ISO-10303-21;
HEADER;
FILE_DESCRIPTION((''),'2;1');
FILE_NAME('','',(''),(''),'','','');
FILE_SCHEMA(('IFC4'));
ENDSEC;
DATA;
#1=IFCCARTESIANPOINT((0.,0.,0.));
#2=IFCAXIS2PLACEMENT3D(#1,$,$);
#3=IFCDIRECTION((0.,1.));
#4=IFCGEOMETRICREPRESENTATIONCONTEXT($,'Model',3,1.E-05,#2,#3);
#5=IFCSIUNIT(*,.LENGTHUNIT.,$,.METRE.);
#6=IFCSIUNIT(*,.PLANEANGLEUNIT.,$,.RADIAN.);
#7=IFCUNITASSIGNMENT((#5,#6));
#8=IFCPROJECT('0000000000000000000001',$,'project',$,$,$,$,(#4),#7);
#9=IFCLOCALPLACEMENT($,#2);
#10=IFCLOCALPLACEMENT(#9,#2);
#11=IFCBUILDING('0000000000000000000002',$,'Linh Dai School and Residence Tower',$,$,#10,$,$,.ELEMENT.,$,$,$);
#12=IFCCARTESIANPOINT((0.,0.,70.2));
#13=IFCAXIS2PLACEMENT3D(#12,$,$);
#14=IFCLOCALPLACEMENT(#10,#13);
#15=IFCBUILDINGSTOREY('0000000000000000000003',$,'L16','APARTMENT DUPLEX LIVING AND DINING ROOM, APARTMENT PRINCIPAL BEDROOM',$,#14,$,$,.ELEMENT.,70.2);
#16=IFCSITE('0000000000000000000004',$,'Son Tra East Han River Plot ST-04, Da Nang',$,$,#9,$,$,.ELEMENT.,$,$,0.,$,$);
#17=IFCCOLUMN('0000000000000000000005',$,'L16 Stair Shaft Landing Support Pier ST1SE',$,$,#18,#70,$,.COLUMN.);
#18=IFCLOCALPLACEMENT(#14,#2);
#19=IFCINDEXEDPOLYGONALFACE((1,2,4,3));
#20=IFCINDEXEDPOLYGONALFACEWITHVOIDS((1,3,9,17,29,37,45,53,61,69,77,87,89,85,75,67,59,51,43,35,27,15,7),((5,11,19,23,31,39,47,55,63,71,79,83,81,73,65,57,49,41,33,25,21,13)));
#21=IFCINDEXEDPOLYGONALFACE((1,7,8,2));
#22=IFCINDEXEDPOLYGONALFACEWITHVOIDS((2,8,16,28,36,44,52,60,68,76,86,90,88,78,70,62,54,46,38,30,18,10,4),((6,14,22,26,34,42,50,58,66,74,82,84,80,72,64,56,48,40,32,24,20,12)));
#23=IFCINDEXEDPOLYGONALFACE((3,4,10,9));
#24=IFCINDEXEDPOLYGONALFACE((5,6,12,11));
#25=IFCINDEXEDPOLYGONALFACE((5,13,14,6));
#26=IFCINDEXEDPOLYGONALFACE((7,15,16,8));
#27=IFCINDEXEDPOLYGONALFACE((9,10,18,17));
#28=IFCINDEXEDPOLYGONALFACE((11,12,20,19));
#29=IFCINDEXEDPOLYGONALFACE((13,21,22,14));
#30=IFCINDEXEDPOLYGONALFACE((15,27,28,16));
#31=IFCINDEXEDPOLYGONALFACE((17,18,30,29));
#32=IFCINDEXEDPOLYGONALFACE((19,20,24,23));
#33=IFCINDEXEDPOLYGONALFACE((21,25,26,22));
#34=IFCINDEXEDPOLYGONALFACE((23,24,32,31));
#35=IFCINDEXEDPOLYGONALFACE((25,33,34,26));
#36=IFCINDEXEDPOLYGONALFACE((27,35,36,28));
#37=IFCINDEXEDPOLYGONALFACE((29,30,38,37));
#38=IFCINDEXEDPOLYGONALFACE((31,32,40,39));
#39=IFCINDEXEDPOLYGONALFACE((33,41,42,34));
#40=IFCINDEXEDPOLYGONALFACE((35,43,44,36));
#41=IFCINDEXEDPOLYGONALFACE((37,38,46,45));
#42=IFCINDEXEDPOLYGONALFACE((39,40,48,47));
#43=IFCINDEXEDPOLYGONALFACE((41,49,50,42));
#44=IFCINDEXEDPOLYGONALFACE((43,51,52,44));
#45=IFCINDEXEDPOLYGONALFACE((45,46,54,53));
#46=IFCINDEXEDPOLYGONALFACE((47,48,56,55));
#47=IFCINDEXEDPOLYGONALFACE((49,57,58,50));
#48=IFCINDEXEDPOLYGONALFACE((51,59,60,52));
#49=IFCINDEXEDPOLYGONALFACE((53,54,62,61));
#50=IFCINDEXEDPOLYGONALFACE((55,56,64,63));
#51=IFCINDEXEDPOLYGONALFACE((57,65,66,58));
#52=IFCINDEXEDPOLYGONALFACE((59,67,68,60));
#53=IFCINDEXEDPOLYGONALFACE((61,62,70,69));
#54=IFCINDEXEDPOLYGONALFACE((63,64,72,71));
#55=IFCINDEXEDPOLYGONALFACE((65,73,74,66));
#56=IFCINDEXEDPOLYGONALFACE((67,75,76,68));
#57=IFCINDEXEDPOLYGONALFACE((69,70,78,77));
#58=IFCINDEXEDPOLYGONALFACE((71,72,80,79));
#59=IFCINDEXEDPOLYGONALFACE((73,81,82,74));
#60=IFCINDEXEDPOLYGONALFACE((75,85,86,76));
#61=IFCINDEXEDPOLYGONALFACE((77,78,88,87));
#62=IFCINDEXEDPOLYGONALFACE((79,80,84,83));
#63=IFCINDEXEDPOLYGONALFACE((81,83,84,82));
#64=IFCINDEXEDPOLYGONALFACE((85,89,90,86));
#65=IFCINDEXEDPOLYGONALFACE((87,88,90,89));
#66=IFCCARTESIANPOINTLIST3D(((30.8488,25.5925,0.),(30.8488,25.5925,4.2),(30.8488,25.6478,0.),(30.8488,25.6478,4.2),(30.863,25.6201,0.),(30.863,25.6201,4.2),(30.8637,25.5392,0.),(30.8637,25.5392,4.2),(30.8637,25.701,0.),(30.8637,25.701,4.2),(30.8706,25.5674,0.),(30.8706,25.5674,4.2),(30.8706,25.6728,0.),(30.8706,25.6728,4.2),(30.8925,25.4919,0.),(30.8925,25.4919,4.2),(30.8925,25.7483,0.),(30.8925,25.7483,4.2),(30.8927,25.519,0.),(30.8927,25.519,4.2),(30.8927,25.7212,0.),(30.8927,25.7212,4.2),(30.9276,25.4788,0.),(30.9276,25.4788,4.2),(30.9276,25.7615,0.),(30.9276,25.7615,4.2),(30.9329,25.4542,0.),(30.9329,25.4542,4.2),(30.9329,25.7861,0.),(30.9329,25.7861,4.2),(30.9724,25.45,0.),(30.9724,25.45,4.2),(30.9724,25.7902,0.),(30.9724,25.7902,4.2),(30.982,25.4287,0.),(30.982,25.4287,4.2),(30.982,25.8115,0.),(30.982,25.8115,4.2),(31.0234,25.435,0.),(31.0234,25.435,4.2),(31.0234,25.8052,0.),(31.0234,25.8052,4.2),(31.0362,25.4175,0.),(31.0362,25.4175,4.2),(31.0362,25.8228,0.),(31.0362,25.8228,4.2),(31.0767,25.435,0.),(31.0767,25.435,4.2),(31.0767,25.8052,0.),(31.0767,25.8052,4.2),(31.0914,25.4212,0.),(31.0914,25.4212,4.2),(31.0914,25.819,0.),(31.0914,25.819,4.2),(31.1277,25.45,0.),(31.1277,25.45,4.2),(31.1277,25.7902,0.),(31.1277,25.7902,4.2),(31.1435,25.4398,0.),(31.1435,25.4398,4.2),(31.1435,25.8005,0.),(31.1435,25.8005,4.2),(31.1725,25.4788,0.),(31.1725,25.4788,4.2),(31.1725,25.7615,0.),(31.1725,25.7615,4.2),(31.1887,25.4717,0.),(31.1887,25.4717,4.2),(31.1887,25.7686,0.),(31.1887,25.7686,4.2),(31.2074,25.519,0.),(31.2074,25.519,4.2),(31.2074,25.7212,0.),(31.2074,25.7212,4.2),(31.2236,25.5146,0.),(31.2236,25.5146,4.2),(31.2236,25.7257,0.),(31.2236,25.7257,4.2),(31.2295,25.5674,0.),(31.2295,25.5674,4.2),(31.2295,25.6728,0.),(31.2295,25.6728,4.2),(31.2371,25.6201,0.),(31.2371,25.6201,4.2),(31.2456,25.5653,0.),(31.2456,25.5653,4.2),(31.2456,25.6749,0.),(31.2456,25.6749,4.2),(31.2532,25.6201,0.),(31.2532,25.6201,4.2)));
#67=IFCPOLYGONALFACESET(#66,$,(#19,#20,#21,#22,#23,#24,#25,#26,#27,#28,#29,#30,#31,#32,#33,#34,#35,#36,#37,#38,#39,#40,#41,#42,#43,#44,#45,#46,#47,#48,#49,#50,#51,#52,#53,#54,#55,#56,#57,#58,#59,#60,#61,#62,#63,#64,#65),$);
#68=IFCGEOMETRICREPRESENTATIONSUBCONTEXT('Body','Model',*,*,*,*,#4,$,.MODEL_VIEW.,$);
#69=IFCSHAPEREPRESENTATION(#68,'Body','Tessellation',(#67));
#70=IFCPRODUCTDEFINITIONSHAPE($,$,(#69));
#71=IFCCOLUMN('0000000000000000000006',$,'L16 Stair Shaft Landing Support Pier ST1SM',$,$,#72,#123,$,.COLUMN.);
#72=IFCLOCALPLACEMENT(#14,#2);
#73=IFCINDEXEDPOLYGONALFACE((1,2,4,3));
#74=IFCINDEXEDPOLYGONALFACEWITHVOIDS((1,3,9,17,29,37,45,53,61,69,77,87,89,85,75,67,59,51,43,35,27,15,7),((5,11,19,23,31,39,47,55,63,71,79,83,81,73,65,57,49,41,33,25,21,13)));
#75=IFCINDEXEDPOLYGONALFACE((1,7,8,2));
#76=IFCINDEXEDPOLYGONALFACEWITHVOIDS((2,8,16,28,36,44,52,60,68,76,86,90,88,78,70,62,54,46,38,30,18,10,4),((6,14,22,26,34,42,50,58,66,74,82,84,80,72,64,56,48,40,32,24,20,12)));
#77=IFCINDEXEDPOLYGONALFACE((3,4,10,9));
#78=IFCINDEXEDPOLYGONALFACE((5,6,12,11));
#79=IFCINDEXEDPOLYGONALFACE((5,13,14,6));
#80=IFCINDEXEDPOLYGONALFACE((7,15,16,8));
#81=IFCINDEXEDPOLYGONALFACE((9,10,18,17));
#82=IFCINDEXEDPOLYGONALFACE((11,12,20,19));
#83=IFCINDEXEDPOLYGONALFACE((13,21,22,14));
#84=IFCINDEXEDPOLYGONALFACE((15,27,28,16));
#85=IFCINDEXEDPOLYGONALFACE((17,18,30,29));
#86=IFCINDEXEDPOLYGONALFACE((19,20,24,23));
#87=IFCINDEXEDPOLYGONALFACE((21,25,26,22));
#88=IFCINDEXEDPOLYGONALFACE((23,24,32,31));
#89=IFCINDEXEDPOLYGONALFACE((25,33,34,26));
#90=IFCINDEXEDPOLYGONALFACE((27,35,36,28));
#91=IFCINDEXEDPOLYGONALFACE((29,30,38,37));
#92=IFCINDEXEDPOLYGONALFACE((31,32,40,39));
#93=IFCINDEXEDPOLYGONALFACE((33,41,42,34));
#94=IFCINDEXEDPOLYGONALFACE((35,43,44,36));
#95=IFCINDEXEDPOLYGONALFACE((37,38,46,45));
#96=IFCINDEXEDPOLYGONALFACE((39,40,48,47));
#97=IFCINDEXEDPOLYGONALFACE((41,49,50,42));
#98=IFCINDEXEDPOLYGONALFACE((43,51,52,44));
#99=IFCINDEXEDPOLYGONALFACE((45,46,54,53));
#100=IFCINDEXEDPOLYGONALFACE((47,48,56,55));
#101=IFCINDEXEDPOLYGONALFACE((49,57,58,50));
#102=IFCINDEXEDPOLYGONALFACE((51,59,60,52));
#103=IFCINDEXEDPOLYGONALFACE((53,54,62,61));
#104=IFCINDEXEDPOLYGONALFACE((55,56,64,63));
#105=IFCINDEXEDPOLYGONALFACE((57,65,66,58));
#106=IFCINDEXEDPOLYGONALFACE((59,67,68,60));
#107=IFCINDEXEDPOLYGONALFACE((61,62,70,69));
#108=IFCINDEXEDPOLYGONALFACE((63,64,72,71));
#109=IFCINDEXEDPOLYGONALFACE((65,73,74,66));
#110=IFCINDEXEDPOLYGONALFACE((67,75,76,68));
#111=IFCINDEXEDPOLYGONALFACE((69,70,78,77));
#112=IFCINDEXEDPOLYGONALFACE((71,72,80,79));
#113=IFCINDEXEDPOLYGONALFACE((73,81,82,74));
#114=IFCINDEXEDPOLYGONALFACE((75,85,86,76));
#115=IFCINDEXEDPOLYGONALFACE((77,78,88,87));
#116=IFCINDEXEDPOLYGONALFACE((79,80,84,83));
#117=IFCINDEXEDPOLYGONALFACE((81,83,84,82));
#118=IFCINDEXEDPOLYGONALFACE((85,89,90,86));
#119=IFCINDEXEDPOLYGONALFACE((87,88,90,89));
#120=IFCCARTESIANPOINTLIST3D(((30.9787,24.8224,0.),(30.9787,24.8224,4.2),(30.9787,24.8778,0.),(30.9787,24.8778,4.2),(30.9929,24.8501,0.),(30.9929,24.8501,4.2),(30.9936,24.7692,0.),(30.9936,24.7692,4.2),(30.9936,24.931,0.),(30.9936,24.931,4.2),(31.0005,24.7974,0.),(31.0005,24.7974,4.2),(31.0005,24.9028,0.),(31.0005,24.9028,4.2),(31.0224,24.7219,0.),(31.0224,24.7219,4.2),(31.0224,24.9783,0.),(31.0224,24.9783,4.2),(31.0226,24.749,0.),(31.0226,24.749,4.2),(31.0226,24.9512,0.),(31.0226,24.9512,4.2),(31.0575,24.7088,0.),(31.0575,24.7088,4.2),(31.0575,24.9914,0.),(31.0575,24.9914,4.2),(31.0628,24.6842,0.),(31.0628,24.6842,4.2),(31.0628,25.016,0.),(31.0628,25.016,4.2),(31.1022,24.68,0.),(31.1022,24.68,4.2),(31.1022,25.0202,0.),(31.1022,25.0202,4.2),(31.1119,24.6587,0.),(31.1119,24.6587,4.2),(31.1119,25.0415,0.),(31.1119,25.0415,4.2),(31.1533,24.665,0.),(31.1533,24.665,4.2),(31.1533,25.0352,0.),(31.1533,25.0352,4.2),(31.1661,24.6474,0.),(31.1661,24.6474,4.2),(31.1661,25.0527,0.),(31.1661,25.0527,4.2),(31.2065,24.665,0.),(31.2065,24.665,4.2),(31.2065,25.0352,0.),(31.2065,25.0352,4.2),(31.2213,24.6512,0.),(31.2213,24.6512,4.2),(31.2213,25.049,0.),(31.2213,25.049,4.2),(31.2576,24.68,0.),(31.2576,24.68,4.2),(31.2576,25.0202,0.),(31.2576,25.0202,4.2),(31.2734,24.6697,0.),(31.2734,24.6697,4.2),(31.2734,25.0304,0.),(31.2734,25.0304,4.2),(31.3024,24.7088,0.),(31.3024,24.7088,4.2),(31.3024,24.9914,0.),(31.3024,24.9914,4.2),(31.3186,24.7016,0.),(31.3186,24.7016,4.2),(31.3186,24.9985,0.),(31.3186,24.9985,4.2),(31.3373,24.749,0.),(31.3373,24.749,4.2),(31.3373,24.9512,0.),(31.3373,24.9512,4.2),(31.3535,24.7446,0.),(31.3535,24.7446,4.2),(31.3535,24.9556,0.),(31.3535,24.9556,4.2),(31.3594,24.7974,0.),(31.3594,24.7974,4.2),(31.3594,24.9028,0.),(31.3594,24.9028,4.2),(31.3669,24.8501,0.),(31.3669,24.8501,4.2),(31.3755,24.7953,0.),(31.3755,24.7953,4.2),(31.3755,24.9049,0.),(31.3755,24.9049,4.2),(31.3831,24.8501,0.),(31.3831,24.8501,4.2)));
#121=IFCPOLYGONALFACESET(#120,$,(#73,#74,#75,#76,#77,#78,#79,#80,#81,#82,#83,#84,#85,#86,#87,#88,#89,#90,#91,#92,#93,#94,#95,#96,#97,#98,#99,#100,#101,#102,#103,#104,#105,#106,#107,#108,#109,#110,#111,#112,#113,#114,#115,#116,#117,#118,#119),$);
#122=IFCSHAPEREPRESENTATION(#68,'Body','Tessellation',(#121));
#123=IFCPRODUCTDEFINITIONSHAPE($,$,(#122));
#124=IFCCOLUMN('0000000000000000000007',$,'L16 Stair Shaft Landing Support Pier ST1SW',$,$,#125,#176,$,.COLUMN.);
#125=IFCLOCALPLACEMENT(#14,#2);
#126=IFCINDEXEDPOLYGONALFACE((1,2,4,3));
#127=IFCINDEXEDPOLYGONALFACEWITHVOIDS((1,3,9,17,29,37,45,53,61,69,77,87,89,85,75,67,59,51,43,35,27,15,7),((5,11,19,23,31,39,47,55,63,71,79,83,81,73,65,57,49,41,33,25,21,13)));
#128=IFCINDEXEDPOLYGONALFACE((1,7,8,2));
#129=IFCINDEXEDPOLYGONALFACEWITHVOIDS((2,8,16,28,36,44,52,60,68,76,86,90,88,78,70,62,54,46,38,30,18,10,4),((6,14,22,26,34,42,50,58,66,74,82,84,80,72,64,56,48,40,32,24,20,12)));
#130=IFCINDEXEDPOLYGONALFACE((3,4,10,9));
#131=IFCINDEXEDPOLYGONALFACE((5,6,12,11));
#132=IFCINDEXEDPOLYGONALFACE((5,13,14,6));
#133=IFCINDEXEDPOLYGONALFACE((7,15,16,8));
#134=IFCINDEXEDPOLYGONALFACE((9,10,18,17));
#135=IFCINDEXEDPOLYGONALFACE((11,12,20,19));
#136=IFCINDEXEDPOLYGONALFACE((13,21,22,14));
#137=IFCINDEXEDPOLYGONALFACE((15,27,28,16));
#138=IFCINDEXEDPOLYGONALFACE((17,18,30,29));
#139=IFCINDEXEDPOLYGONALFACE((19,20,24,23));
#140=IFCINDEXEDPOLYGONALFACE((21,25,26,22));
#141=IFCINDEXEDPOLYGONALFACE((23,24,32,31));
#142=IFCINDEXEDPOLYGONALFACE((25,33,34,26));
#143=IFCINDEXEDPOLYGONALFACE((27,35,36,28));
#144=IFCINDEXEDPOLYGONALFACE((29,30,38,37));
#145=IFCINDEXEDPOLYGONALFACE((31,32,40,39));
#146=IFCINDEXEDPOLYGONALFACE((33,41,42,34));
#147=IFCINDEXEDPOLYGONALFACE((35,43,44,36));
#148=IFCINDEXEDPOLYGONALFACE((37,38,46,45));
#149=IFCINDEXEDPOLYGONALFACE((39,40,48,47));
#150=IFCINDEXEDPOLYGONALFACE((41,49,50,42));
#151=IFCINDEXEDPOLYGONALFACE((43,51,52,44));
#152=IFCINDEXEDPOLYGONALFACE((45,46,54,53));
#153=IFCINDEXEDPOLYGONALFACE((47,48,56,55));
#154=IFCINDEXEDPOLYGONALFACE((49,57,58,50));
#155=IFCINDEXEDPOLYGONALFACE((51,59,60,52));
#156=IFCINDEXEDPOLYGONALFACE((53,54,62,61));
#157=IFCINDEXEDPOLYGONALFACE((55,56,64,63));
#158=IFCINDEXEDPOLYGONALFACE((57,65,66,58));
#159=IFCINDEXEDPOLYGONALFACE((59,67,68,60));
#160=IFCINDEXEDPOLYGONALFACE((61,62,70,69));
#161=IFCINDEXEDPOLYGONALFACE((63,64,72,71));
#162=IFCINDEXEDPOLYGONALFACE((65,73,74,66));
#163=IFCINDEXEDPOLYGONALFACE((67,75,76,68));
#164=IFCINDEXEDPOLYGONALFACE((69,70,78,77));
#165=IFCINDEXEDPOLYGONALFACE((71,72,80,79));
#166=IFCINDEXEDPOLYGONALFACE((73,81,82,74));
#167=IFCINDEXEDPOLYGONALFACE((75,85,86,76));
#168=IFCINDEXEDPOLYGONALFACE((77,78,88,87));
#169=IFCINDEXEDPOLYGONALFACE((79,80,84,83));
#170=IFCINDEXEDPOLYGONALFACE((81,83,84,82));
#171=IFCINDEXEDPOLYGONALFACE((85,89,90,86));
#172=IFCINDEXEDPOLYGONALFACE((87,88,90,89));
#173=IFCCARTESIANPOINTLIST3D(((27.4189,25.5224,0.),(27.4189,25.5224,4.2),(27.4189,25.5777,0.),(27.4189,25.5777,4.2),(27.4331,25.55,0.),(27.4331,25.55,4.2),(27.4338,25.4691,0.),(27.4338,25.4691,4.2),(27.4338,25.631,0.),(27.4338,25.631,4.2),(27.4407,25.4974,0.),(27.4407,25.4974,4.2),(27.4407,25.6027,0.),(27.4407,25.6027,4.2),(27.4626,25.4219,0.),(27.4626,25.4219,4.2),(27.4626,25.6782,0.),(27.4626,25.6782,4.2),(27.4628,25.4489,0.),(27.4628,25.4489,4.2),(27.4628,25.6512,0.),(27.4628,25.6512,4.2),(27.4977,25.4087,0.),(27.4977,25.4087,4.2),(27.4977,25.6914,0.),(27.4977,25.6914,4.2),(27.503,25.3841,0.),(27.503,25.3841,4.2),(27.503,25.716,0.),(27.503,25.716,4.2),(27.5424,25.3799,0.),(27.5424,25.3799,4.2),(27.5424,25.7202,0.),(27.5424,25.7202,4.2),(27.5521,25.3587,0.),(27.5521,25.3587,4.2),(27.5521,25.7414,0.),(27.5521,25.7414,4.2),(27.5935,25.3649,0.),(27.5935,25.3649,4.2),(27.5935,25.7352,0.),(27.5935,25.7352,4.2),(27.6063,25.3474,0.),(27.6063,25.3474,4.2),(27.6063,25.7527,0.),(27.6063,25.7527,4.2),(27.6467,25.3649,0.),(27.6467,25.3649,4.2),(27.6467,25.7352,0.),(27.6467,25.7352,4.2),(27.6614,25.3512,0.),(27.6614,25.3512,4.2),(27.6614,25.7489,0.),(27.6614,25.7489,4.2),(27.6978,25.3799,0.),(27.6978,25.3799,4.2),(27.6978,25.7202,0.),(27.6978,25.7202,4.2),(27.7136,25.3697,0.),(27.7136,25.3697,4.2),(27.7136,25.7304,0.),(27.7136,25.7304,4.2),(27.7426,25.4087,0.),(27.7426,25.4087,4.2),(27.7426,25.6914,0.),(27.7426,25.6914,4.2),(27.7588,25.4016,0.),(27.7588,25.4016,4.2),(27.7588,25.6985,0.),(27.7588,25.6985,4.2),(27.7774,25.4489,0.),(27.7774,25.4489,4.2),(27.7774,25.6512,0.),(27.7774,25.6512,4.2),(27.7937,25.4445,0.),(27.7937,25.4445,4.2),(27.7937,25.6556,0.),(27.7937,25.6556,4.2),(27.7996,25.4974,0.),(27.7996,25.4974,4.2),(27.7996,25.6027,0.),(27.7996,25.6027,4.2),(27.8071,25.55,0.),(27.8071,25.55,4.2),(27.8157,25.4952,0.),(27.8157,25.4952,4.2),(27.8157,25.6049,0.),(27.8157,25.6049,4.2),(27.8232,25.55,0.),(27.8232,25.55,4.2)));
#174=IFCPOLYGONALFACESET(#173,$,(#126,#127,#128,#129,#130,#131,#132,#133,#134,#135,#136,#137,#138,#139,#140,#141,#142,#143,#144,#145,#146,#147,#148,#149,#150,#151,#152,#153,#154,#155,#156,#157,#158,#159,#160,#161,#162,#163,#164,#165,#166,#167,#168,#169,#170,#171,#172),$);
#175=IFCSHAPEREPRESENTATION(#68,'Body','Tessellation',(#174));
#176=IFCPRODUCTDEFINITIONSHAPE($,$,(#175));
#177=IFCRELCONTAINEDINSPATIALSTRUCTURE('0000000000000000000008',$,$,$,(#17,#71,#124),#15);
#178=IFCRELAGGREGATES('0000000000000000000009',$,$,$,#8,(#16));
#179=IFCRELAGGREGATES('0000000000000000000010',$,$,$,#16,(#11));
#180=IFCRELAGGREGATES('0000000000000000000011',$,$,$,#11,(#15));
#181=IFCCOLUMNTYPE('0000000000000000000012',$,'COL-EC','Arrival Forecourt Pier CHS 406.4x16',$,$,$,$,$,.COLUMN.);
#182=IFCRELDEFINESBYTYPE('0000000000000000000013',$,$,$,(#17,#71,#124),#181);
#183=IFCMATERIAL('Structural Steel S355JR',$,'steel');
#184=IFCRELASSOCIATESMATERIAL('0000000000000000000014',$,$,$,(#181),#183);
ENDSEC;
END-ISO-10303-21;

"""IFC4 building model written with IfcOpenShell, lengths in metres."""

from ifc_helpers import new_model, si_unit, direction, frame, origin, origin_2d, place, context, subcontext, project, spatial, hollow_circle, extrude, material, material_profile, profile_set, type_object, element, save


model = new_model("IFC4")

# Units and contexts
model_context = context("Model", 3, precision=1e-05, world=origin(), true_north=direction((0.0, 1.0)))
body_context = subcontext(model_context, "Body", "Model", "MODEL_VIEW")
ifc_project = project(units=[si_unit("LENGTHUNIT", "METRE"), si_unit("PLANEANGLEUNIT", "RADIAN")], contexts=[model_context])

# Site, building, storey
site_placement = place(None, origin())
site = spatial("IfcSite", under=ifc_project, at=site_placement, Name="Son Tra East Han River Plot ST-04, Da Nang", CompositionType="ELEMENT", RefElevation=0.0)
building_placement = place(site_placement, origin())
building = spatial("IfcBuilding", under=site, at=building_placement, Name="Linh Dai School and Residence Tower", CompositionType="ELEMENT")
storey_placement = place(building_placement, frame((0.0, 0.0, 70.2)))
storey = spatial("IfcBuildingStorey", under=building, at=storey_placement, Name="L16", Description="APARTMENT DUPLEX LIVING AND DINING ROOM, APARTMENT PRINCIPAL BEDROOM", CompositionType="ELEMENT", Elevation=70.2)

# Columns
ifc_material_1 = material(Name="Structural Steel S355JR", Category="steel")
ifc_material_profile_1 = material_profile(ifc_material_1, hollow_circle(Radius=0.2031, WallThickness=0.0161, at=origin_2d()), Name="CHS 406.4x16")
ifc_profile_set_1 = profile_set([ifc_material_profile_1], Name="Structural Steel S355JR")
column_type = type_object("IfcColumnType", Name="COL-EC", Description="Arrival Forecourt Pier CHS 406.4x16", PredefinedType="COLUMN", material=ifc_profile_set_1)
for number, where, z_axis, x_axis, name in (
    (1, (31.05, 25.6201, 0.0), (0.0, 0.0, 1.0), (1.0, 0.0, 0.0), "L16 Stair Shaft Landing Support Pier ST1SE"),
    (2, (31.1799, 24.8501, 0.0), (0.0, 0.0, 1.0), (1.0, 0.0, 0.0), "L16 Stair Shaft Landing Support Pier ST1SM"),
    (3, (27.6201, 25.55, 0.0), (0.0, 0.0, 1.0), (1.0, 0.0, 0.0), "L16 Stair Shaft Landing Support Pier ST1SW"),
):
    element("IfcColumn", number, at=place(storey_placement, frame(where, z_axis=z_axis, x_axis=x_axis)), inside=storey, type_object=column_type, Name=name, PredefinedType="COLUMN", context=body_context, shape_type="SweptSolid", body=[
        extrude(hollow_circle(Radius=0.2031, WallThickness=0.0161, at=origin_2d()), origin(), (0.0, 0.0, 1.0), 4.2),
    ])

save(model, "model.ifc")
